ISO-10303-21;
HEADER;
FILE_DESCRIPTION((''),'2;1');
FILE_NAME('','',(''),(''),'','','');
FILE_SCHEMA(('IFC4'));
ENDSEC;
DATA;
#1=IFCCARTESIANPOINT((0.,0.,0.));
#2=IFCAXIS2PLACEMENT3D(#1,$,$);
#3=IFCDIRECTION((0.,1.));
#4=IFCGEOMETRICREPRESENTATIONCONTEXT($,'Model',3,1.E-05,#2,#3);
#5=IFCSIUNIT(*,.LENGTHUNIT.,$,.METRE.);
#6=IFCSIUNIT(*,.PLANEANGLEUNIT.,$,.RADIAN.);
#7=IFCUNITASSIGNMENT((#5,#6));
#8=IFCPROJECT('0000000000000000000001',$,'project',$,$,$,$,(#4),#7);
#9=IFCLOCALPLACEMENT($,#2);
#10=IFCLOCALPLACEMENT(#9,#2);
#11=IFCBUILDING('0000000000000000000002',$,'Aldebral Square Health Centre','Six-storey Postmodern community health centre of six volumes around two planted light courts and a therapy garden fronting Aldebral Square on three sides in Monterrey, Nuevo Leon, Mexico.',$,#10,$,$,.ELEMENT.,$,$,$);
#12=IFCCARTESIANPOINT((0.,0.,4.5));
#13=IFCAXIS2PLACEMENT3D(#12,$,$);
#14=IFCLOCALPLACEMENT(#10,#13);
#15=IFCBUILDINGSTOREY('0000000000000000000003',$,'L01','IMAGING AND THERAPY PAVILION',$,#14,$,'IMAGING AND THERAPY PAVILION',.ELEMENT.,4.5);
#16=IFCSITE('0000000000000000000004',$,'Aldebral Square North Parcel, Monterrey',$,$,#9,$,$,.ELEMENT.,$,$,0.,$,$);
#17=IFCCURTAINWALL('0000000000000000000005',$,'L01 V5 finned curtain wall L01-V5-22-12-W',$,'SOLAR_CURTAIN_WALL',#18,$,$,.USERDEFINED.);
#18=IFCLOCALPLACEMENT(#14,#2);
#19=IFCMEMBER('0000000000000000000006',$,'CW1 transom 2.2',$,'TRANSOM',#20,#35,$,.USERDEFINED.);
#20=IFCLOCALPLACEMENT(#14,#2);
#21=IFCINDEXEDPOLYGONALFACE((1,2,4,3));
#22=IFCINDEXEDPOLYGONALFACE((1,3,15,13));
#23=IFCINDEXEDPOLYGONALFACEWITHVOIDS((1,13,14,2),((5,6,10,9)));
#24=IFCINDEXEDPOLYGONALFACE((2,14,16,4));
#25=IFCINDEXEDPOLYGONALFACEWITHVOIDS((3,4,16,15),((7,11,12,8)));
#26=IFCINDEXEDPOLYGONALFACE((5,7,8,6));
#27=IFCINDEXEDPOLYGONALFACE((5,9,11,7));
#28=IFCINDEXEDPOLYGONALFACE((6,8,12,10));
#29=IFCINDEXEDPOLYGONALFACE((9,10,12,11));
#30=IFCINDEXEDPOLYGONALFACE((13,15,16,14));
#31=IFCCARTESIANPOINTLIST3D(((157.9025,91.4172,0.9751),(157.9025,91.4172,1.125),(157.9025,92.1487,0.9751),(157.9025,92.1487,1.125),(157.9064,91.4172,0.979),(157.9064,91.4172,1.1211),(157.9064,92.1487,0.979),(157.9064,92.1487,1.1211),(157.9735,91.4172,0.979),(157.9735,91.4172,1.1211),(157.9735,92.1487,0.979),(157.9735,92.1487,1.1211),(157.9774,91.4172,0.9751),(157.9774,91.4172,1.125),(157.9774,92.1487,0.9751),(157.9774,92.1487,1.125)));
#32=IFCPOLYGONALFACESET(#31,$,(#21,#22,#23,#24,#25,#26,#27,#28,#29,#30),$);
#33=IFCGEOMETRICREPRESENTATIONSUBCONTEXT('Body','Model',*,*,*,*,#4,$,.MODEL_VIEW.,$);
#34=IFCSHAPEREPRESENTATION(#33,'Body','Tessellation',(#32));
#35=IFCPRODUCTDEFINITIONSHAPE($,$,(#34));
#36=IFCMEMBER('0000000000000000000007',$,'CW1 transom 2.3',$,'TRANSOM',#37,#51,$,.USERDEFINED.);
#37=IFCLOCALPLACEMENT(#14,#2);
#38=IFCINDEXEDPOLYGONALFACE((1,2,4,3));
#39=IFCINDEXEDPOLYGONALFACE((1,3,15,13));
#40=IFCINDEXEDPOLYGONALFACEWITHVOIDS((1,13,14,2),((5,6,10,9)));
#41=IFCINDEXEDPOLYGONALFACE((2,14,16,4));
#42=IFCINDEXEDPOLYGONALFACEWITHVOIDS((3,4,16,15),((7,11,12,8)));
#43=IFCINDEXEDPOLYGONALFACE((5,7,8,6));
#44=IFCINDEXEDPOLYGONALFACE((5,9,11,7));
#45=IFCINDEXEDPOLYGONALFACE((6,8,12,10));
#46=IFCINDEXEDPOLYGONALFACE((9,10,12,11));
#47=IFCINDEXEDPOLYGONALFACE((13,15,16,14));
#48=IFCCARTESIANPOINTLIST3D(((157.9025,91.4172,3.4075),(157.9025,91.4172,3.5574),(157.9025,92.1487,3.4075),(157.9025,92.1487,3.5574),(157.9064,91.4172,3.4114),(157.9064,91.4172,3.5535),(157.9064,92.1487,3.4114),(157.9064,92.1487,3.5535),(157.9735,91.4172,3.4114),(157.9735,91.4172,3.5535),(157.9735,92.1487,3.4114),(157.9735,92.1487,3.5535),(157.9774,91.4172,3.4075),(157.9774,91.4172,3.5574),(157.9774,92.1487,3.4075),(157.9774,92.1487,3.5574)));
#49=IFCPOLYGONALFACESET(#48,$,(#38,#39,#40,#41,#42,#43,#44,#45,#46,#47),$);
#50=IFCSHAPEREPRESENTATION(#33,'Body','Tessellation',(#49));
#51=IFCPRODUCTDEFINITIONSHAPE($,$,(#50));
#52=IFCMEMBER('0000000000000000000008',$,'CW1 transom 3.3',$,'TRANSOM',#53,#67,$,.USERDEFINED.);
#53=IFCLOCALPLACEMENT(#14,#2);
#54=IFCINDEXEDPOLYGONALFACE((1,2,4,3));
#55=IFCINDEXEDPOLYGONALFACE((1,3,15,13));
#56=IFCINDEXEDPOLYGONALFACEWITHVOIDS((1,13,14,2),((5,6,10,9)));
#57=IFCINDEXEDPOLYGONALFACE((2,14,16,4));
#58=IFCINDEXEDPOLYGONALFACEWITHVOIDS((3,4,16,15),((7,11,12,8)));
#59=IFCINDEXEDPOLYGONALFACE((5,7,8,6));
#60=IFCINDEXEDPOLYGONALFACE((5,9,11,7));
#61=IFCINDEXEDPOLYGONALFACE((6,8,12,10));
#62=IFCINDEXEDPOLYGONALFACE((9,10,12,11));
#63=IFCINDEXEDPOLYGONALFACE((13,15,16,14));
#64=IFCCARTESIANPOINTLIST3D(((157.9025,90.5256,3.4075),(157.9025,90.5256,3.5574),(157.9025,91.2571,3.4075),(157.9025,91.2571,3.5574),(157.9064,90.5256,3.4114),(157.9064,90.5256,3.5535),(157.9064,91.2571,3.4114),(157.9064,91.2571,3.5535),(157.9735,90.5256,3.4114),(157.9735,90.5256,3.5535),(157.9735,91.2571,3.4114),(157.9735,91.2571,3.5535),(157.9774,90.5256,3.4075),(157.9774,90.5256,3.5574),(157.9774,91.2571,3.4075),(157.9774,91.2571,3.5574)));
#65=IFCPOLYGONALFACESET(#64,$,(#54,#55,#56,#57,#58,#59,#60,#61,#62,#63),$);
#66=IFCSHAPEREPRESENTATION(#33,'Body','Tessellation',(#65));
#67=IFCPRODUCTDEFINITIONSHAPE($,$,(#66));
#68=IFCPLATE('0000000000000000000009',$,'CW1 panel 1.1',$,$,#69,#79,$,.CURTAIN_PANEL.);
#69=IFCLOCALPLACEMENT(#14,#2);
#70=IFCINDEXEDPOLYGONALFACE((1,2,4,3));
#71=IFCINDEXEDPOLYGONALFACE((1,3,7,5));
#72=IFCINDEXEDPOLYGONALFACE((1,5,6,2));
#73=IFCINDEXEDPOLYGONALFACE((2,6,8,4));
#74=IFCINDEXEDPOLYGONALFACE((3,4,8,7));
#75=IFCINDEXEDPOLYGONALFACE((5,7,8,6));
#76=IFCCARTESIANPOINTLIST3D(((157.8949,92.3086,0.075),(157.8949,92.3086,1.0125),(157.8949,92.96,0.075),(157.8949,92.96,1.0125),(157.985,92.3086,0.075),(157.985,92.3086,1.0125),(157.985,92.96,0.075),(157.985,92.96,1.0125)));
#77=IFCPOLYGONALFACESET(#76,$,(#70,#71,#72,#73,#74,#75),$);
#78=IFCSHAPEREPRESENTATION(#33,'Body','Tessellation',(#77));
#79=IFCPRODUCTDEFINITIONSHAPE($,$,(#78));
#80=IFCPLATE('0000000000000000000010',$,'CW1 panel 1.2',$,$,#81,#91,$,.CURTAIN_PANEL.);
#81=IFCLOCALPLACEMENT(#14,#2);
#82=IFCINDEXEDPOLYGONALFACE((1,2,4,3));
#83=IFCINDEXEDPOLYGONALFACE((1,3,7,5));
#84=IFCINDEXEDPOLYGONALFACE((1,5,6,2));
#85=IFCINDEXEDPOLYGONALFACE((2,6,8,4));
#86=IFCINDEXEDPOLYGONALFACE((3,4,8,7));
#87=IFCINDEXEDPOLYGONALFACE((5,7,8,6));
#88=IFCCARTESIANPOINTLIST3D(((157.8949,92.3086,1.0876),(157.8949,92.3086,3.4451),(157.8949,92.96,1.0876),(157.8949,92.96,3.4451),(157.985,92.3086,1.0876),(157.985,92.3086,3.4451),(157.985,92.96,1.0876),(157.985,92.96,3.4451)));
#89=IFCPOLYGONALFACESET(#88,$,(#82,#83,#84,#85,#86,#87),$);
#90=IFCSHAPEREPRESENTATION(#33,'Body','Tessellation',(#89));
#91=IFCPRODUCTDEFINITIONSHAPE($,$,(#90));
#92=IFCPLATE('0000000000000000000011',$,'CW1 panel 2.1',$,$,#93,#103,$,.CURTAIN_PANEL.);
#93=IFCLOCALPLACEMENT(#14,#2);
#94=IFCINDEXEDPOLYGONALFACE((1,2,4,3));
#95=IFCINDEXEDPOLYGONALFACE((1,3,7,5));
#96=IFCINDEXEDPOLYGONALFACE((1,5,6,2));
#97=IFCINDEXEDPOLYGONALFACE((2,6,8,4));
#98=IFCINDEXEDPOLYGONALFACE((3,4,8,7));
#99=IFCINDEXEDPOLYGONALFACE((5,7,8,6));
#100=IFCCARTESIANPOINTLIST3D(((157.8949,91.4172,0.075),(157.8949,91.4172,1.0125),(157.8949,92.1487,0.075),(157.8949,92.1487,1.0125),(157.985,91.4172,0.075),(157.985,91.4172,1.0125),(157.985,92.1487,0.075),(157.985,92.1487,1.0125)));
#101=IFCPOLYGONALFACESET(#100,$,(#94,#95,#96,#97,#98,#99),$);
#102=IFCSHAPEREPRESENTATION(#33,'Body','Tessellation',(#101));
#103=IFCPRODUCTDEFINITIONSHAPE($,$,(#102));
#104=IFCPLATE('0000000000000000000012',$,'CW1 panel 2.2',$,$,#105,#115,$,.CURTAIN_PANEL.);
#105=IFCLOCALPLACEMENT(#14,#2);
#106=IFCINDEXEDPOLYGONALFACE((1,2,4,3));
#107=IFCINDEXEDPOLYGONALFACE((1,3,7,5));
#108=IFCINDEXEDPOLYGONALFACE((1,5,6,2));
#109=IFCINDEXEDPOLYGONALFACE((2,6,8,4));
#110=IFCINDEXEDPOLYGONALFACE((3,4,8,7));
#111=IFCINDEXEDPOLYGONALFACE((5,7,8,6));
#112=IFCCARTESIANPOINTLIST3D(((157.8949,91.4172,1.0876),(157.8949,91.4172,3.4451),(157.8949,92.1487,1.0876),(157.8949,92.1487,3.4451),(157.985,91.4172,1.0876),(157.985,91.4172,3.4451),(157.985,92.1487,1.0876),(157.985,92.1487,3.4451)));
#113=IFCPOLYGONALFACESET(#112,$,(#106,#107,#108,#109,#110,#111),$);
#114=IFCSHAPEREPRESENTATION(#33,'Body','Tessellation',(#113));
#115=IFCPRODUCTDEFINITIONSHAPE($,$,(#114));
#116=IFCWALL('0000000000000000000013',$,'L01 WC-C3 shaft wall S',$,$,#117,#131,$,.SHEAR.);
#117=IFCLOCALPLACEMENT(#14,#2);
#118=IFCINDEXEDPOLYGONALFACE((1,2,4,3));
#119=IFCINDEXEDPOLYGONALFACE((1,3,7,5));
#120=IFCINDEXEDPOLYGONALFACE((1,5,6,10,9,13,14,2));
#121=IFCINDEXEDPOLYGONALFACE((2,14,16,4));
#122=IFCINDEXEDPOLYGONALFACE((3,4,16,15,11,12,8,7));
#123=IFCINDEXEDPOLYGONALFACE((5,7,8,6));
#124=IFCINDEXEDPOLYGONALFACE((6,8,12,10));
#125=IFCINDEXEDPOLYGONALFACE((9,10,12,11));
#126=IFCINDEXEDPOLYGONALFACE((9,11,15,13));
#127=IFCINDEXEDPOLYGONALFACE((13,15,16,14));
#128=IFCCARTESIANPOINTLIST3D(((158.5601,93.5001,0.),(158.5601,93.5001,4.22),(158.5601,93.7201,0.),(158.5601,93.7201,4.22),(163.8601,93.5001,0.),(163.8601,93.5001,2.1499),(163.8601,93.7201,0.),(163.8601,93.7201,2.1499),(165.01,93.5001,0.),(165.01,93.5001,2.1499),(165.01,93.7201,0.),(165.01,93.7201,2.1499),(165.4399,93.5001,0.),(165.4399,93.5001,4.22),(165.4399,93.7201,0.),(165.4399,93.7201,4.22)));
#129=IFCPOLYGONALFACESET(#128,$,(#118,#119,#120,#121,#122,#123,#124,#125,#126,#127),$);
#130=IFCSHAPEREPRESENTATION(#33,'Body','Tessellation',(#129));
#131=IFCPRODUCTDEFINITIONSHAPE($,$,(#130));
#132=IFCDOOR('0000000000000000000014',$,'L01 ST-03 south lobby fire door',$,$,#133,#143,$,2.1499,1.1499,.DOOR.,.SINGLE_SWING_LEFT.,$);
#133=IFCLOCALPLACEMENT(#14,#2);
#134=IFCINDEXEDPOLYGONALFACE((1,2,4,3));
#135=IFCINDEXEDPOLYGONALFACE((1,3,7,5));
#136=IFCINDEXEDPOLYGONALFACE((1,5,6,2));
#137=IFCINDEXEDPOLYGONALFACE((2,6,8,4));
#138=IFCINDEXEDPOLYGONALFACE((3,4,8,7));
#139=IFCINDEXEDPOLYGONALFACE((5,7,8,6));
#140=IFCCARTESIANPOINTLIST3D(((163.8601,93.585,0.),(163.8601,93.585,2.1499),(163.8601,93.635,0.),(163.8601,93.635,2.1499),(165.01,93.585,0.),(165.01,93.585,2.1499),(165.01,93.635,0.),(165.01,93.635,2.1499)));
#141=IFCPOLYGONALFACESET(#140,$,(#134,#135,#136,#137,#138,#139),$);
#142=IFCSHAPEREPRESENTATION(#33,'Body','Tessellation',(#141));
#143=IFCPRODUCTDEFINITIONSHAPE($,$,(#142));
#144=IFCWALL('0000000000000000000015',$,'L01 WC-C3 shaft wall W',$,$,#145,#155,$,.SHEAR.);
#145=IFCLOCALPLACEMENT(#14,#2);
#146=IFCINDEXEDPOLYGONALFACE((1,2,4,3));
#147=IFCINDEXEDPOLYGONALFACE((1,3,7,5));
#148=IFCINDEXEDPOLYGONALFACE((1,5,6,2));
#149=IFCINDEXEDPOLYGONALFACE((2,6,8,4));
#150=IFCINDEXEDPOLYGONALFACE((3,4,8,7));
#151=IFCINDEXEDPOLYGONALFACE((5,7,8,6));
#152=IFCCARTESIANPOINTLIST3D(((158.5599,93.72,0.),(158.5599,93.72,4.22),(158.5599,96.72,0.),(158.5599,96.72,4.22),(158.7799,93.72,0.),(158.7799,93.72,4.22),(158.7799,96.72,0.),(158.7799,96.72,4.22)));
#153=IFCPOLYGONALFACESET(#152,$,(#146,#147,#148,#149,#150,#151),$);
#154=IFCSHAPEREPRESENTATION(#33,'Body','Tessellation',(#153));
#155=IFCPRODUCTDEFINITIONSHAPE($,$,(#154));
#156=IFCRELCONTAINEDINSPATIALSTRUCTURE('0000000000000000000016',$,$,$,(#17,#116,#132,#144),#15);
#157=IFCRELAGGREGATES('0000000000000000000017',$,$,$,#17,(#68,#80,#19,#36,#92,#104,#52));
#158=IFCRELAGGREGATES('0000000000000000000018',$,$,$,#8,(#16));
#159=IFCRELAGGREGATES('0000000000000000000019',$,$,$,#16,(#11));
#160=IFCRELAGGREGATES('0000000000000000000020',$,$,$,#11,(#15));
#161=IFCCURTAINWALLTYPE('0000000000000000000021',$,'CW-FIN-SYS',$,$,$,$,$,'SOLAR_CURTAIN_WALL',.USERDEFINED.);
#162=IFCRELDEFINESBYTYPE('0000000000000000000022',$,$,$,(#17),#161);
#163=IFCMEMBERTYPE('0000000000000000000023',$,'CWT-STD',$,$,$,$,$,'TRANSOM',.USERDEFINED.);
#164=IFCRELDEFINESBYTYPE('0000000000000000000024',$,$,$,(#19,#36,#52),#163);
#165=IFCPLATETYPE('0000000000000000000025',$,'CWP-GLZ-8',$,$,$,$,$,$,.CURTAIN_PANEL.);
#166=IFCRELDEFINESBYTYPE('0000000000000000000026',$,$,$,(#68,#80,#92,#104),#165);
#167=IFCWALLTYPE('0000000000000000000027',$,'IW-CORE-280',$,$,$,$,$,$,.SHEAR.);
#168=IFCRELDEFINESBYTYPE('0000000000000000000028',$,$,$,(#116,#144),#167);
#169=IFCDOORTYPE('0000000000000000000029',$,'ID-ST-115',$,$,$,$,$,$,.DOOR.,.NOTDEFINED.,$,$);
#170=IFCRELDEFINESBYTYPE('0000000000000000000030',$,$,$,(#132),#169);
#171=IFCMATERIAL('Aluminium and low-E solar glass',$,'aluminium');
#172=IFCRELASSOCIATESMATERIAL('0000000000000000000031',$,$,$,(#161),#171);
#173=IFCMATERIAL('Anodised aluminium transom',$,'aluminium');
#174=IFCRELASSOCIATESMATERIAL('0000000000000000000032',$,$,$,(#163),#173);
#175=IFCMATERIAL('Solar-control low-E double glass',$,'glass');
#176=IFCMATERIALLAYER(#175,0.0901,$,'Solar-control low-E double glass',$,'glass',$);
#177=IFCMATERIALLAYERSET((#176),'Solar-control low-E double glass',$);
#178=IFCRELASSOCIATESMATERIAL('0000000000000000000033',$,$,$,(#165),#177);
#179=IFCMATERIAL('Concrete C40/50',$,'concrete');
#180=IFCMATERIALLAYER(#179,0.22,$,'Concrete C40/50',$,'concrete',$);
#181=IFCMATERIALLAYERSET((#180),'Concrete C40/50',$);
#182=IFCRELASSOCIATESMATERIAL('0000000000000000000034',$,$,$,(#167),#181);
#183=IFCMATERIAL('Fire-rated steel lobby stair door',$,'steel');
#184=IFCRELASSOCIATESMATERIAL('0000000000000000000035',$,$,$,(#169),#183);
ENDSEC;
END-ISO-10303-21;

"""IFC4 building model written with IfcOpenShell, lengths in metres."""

from ifc_helpers import new_model, si_unit, direction, frame, frame_2d, origin, origin_2d, place, context, subcontext, project, spatial, rectangle, hollow_rectangle, extrude, material, layer, layer_set, material_profile, profile_set, type_object, element, fill, aggregate, save


model = new_model("IFC4")

# Units and contexts
model_context = context("Model", 3, precision=1e-05, world=origin(), true_north=direction((0.0, 1.0)))
body_context = subcontext(model_context, "Body", "Model", "MODEL_VIEW")
ifc_project = project(units=[si_unit("LENGTHUNIT", "METRE"), si_unit("PLANEANGLEUNIT", "RADIAN")], contexts=[model_context])

# Site, building, storey
site_placement = place(None, origin())
site = spatial("IfcSite", under=ifc_project, at=site_placement, Name="Aldebral Square North Parcel, Monterrey", CompositionType="ELEMENT", RefElevation=0.0)
building_placement = place(site_placement, origin())
building = spatial("IfcBuilding", under=site, at=building_placement, Name="Aldebral Square Health Centre", Description="Six-storey Postmodern community health centre of six volumes around two planted light courts and a therapy garden fronting Aldebral Square on three sides in Monterrey, Nuevo Leon, Mexico.", CompositionType="ELEMENT")
storey_placement = place(building_placement, frame((0.0, 0.0, 4.5)))
storey = spatial("IfcBuildingStorey", under=building, at=storey_placement, Name="L01", Description="IMAGING AND THERAPY PAVILION", LongName="IMAGING AND THERAPY PAVILION", CompositionType="ELEMENT", Elevation=4.5)

# Shared definitions
ifc_material_1 = material(Name="Concrete C40/50", Category="concrete")

# Curtain wall, members, plates
ifc_material_2 = material(Name="Aluminium and low-E solar glass", Category="aluminium")
curtain_wall_type = type_object("IfcCurtainWallType", Name="CW-FIN-SYS", ElementType="SOLAR_CURTAIN_WALL", PredefinedType="USERDEFINED", material=ifc_material_2)
curtain_wall_placement = place(storey_placement, origin())
curtain_wall = element("IfcCurtainWall", 1, at=curtain_wall_placement, inside=storey, type_object=curtain_wall_type, Name="L01 V5 finned curtain wall L01-V5-22-12-W", ObjectType="SOLAR_CURTAIN_WALL", PredefinedType="USERDEFINED")
ifc_material_3 = material(Name="Anodised aluminium transom", Category="aluminium")
ifc_material_profile_1 = material_profile(ifc_material_3, hollow_rectangle(XDim=0.075, YDim=0.1499, WallThickness=0.0039, at=origin_2d()), Name="CWT 75x150x4")
ifc_profile_set_1 = profile_set([ifc_material_profile_1], Name="Anodised aluminium transom")
member_type_1 = type_object("IfcMemberType", Name="CWT-STD", ElementType="TRANSOM", PredefinedType="USERDEFINED", material=ifc_profile_set_1)
member_1_placement = place(storey_placement, frame((157.9399, 92.1487, 1.05), z_axis=(0.0, -1.0, 0.0), x_axis=(1.0, 0.0, 0.0)))
member_1 = element("IfcMember", 2, at=member_1_placement, type_object=member_type_1, Name="CW1 transom 2.2", ObjectType="TRANSOM", PredefinedType="USERDEFINED", context=body_context, shape_type="SweptSolid", body=[
    extrude(hollow_rectangle(XDim=0.075, YDim=0.1499, WallThickness=0.0039, at=origin_2d()), origin(), (0.0, 0.0, 1.0), 0.7314),
])
member_2_placement = place(storey_placement, frame((157.9399, 92.1487, 3.4824), z_axis=(0.0, -1.0, 0.0), x_axis=(1.0, 0.0, 0.0)))
member_2 = element("IfcMember", 3, at=member_2_placement, type_object=member_type_1, Name="CW1 transom 2.3", ObjectType="TRANSOM", PredefinedType="USERDEFINED", context=body_context, shape_type="SweptSolid", body=[
    extrude(hollow_rectangle(XDim=0.075, YDim=0.1499, WallThickness=0.0039, at=origin_2d()), origin(), (0.0, 0.0, 1.0), 0.7314),
])
member_3_placement = place(storey_placement, frame((157.9399, 91.2571, 3.4824), z_axis=(0.0, -1.0, 0.0), x_axis=(1.0, 0.0, 0.0)))
member_3 = element("IfcMember", 4, at=member_3_placement, type_object=member_type_1, Name="CW1 transom 3.3", ObjectType="TRANSOM", PredefinedType="USERDEFINED", context=body_context, shape_type="SweptSolid", body=[
    extrude(hollow_rectangle(XDim=0.075, YDim=0.1499, WallThickness=0.0039, at=origin_2d()), origin(), (0.0, 0.0, 1.0), 0.7314),
])
ifc_material_4 = material(Name="Solar-control low-E double glass", Category="glass")
ifc_layer_1 = layer(ifc_material_4, 0.0901, Name="Solar-control low-E double glass", Category="glass")
ifc_layer_set_1 = layer_set([ifc_layer_1], Name="Solar-control low-E double glass")
plate_type = type_object("IfcPlateType", Name="CWP-GLZ-8", PredefinedType="CURTAIN_PANEL", material=ifc_layer_set_1)
plate_1_placement = place(storey_placement, frame((157.9399, 92.6343, 0.075), z_axis=(0.0, 0.0, 1.0), x_axis=(0.0, -1.0, 0.0)))
plate_1 = element("IfcPlate", 5, at=plate_1_placement, type_object=plate_type, Name="CW1 panel 1.1", PredefinedType="CURTAIN_PANEL", context=body_context, shape_type="SweptSolid", body=[
    extrude(rectangle(XDim=0.6514, YDim=0.0901, at=origin_2d()), origin(), (0.0, 0.0, 1.0), 0.9375),
])
plate_2_placement = place(storey_placement, frame((157.9399, 92.6343, 1.0876), z_axis=(0.0, 0.0, 1.0), x_axis=(0.0, -1.0, 0.0)))
plate_2 = element("IfcPlate", 6, at=plate_2_placement, type_object=plate_type, Name="CW1 panel 1.2", PredefinedType="CURTAIN_PANEL", context=body_context, shape_type="SweptSolid", body=[
    extrude(rectangle(XDim=0.6514, YDim=0.0901, at=origin_2d()), origin(), (0.0, 0.0, 1.0), 2.3574),
])
plate_3_placement = place(storey_placement, frame((157.9399, 91.783, 0.075), z_axis=(0.0, 0.0, 1.0), x_axis=(0.0, -1.0, 0.0)))
plate_3 = element("IfcPlate", 7, at=plate_3_placement, type_object=plate_type, Name="CW1 panel 2.1", PredefinedType="CURTAIN_PANEL", context=body_context, shape_type="SweptSolid", body=[
    extrude(rectangle(XDim=0.7314, YDim=0.0901, at=origin_2d()), origin(), (0.0, 0.0, 1.0), 0.9375),
])
plate_4_placement = place(storey_placement, frame((157.9399, 91.783, 1.0876), z_axis=(0.0, 0.0, 1.0), x_axis=(0.0, -1.0, 0.0)))
plate_4 = element("IfcPlate", 8, at=plate_4_placement, type_object=plate_type, Name="CW1 panel 2.2", PredefinedType="CURTAIN_PANEL", context=body_context, shape_type="SweptSolid", body=[
    extrude(rectangle(XDim=0.7314, YDim=0.0901, at=origin_2d()), origin(), (0.0, 0.0, 1.0), 2.3574),
])
aggregate(curtain_wall, [plate_1, plate_2, member_1, member_2, plate_3, plate_4, member_3])

# Wall, opening, door
ifc_layer_2 = layer(ifc_material_1, 0.22, Name="Concrete C40/50", Category="concrete")
ifc_layer_set_2 = layer_set([ifc_layer_2], Name="Concrete C40/50")
wall_type = type_object("IfcWallType", Name="IW-CORE-280", PredefinedType="SHEAR", material=ifc_layer_set_2)
wall_1_placement = place(storey_placement, frame((158.5601, 93.6101, 0.0), z_axis=(0.0, 0.0, 1.0), x_axis=(1.0, 0.0, 0.0)))
wall_1 = element("IfcWall", 9, at=wall_1_placement, inside=storey, type_object=wall_type, Name="L01 WC-C3 shaft wall S", PredefinedType="SHEAR", context=body_context, shape_type="SweptSolid", body=[
    extrude(rectangle(XDim=6.8799, YDim=0.22, at=frame_2d((3.4399, 0.0))), origin(), (0.0, 0.0, 1.0), 4.22),
])
opening_placement = place(wall_1_placement, frame((5.3, 0.0, 0.0)))
opening = element("IfcOpeningElement", 10, at=opening_placement, cuts=wall_1, PredefinedType="OPENING", context=body_context, shape_type="SweptSolid", body=[
    extrude(rectangle(XDim=1.1499, YDim=2.1499, at=frame_2d((0.575, 1.075))), frame((0.0, 0.1201, 0.0), z_axis=(0.0, -1.0, 0.0), x_axis=(1.0, 0.0, 0.0)), (0.0, 0.0, 1.0), 0.24),
])
ifc_material_5 = material(Name="Fire-rated steel lobby stair door", Category="steel")
door_type = type_object("IfcDoorType", Name="ID-ST-115", OperationType="NOTDEFINED", PredefinedType="DOOR", material=ifc_material_5)
door_placement = place(opening_placement, origin())
door = element("IfcDoor", 11, at=door_placement, inside=storey, type_object=door_type, Name="L01 ST-03 south lobby fire door", OperationType="SINGLE_SWING_LEFT", OverallHeight=2.1499, OverallWidth=1.1499, PredefinedType="DOOR", context=body_context, shape_type="SweptSolid", body=[
    extrude(rectangle(XDim=1.1499, YDim=2.1499, at=frame_2d((0.575, 1.075))), frame((0.0, 0.0249, 0.0), z_axis=(0.0, -1.0, 0.0), x_axis=(1.0, 0.0, 0.0)), (0.0, 0.0, 1.0), 0.05),
])
fill(opening, door)

# Wall
wall_2_placement = place(storey_placement, frame((158.6699, 93.72, 0.0), z_axis=(0.0, 0.0, 1.0), x_axis=(0.0, 1.0, 0.0)))
element("IfcWall", 12, at=wall_2_placement, inside=storey, type_object=wall_type, Name="L01 WC-C3 shaft wall W", PredefinedType="SHEAR", context=body_context, shape_type="SweptSolid", body=[
    extrude(rectangle(XDim=3.0, YDim=0.22, at=frame_2d((1.5, 0.0))), origin(), (0.0, 0.0, 1.0), 4.22),
])

save(model, "model.ifc")
